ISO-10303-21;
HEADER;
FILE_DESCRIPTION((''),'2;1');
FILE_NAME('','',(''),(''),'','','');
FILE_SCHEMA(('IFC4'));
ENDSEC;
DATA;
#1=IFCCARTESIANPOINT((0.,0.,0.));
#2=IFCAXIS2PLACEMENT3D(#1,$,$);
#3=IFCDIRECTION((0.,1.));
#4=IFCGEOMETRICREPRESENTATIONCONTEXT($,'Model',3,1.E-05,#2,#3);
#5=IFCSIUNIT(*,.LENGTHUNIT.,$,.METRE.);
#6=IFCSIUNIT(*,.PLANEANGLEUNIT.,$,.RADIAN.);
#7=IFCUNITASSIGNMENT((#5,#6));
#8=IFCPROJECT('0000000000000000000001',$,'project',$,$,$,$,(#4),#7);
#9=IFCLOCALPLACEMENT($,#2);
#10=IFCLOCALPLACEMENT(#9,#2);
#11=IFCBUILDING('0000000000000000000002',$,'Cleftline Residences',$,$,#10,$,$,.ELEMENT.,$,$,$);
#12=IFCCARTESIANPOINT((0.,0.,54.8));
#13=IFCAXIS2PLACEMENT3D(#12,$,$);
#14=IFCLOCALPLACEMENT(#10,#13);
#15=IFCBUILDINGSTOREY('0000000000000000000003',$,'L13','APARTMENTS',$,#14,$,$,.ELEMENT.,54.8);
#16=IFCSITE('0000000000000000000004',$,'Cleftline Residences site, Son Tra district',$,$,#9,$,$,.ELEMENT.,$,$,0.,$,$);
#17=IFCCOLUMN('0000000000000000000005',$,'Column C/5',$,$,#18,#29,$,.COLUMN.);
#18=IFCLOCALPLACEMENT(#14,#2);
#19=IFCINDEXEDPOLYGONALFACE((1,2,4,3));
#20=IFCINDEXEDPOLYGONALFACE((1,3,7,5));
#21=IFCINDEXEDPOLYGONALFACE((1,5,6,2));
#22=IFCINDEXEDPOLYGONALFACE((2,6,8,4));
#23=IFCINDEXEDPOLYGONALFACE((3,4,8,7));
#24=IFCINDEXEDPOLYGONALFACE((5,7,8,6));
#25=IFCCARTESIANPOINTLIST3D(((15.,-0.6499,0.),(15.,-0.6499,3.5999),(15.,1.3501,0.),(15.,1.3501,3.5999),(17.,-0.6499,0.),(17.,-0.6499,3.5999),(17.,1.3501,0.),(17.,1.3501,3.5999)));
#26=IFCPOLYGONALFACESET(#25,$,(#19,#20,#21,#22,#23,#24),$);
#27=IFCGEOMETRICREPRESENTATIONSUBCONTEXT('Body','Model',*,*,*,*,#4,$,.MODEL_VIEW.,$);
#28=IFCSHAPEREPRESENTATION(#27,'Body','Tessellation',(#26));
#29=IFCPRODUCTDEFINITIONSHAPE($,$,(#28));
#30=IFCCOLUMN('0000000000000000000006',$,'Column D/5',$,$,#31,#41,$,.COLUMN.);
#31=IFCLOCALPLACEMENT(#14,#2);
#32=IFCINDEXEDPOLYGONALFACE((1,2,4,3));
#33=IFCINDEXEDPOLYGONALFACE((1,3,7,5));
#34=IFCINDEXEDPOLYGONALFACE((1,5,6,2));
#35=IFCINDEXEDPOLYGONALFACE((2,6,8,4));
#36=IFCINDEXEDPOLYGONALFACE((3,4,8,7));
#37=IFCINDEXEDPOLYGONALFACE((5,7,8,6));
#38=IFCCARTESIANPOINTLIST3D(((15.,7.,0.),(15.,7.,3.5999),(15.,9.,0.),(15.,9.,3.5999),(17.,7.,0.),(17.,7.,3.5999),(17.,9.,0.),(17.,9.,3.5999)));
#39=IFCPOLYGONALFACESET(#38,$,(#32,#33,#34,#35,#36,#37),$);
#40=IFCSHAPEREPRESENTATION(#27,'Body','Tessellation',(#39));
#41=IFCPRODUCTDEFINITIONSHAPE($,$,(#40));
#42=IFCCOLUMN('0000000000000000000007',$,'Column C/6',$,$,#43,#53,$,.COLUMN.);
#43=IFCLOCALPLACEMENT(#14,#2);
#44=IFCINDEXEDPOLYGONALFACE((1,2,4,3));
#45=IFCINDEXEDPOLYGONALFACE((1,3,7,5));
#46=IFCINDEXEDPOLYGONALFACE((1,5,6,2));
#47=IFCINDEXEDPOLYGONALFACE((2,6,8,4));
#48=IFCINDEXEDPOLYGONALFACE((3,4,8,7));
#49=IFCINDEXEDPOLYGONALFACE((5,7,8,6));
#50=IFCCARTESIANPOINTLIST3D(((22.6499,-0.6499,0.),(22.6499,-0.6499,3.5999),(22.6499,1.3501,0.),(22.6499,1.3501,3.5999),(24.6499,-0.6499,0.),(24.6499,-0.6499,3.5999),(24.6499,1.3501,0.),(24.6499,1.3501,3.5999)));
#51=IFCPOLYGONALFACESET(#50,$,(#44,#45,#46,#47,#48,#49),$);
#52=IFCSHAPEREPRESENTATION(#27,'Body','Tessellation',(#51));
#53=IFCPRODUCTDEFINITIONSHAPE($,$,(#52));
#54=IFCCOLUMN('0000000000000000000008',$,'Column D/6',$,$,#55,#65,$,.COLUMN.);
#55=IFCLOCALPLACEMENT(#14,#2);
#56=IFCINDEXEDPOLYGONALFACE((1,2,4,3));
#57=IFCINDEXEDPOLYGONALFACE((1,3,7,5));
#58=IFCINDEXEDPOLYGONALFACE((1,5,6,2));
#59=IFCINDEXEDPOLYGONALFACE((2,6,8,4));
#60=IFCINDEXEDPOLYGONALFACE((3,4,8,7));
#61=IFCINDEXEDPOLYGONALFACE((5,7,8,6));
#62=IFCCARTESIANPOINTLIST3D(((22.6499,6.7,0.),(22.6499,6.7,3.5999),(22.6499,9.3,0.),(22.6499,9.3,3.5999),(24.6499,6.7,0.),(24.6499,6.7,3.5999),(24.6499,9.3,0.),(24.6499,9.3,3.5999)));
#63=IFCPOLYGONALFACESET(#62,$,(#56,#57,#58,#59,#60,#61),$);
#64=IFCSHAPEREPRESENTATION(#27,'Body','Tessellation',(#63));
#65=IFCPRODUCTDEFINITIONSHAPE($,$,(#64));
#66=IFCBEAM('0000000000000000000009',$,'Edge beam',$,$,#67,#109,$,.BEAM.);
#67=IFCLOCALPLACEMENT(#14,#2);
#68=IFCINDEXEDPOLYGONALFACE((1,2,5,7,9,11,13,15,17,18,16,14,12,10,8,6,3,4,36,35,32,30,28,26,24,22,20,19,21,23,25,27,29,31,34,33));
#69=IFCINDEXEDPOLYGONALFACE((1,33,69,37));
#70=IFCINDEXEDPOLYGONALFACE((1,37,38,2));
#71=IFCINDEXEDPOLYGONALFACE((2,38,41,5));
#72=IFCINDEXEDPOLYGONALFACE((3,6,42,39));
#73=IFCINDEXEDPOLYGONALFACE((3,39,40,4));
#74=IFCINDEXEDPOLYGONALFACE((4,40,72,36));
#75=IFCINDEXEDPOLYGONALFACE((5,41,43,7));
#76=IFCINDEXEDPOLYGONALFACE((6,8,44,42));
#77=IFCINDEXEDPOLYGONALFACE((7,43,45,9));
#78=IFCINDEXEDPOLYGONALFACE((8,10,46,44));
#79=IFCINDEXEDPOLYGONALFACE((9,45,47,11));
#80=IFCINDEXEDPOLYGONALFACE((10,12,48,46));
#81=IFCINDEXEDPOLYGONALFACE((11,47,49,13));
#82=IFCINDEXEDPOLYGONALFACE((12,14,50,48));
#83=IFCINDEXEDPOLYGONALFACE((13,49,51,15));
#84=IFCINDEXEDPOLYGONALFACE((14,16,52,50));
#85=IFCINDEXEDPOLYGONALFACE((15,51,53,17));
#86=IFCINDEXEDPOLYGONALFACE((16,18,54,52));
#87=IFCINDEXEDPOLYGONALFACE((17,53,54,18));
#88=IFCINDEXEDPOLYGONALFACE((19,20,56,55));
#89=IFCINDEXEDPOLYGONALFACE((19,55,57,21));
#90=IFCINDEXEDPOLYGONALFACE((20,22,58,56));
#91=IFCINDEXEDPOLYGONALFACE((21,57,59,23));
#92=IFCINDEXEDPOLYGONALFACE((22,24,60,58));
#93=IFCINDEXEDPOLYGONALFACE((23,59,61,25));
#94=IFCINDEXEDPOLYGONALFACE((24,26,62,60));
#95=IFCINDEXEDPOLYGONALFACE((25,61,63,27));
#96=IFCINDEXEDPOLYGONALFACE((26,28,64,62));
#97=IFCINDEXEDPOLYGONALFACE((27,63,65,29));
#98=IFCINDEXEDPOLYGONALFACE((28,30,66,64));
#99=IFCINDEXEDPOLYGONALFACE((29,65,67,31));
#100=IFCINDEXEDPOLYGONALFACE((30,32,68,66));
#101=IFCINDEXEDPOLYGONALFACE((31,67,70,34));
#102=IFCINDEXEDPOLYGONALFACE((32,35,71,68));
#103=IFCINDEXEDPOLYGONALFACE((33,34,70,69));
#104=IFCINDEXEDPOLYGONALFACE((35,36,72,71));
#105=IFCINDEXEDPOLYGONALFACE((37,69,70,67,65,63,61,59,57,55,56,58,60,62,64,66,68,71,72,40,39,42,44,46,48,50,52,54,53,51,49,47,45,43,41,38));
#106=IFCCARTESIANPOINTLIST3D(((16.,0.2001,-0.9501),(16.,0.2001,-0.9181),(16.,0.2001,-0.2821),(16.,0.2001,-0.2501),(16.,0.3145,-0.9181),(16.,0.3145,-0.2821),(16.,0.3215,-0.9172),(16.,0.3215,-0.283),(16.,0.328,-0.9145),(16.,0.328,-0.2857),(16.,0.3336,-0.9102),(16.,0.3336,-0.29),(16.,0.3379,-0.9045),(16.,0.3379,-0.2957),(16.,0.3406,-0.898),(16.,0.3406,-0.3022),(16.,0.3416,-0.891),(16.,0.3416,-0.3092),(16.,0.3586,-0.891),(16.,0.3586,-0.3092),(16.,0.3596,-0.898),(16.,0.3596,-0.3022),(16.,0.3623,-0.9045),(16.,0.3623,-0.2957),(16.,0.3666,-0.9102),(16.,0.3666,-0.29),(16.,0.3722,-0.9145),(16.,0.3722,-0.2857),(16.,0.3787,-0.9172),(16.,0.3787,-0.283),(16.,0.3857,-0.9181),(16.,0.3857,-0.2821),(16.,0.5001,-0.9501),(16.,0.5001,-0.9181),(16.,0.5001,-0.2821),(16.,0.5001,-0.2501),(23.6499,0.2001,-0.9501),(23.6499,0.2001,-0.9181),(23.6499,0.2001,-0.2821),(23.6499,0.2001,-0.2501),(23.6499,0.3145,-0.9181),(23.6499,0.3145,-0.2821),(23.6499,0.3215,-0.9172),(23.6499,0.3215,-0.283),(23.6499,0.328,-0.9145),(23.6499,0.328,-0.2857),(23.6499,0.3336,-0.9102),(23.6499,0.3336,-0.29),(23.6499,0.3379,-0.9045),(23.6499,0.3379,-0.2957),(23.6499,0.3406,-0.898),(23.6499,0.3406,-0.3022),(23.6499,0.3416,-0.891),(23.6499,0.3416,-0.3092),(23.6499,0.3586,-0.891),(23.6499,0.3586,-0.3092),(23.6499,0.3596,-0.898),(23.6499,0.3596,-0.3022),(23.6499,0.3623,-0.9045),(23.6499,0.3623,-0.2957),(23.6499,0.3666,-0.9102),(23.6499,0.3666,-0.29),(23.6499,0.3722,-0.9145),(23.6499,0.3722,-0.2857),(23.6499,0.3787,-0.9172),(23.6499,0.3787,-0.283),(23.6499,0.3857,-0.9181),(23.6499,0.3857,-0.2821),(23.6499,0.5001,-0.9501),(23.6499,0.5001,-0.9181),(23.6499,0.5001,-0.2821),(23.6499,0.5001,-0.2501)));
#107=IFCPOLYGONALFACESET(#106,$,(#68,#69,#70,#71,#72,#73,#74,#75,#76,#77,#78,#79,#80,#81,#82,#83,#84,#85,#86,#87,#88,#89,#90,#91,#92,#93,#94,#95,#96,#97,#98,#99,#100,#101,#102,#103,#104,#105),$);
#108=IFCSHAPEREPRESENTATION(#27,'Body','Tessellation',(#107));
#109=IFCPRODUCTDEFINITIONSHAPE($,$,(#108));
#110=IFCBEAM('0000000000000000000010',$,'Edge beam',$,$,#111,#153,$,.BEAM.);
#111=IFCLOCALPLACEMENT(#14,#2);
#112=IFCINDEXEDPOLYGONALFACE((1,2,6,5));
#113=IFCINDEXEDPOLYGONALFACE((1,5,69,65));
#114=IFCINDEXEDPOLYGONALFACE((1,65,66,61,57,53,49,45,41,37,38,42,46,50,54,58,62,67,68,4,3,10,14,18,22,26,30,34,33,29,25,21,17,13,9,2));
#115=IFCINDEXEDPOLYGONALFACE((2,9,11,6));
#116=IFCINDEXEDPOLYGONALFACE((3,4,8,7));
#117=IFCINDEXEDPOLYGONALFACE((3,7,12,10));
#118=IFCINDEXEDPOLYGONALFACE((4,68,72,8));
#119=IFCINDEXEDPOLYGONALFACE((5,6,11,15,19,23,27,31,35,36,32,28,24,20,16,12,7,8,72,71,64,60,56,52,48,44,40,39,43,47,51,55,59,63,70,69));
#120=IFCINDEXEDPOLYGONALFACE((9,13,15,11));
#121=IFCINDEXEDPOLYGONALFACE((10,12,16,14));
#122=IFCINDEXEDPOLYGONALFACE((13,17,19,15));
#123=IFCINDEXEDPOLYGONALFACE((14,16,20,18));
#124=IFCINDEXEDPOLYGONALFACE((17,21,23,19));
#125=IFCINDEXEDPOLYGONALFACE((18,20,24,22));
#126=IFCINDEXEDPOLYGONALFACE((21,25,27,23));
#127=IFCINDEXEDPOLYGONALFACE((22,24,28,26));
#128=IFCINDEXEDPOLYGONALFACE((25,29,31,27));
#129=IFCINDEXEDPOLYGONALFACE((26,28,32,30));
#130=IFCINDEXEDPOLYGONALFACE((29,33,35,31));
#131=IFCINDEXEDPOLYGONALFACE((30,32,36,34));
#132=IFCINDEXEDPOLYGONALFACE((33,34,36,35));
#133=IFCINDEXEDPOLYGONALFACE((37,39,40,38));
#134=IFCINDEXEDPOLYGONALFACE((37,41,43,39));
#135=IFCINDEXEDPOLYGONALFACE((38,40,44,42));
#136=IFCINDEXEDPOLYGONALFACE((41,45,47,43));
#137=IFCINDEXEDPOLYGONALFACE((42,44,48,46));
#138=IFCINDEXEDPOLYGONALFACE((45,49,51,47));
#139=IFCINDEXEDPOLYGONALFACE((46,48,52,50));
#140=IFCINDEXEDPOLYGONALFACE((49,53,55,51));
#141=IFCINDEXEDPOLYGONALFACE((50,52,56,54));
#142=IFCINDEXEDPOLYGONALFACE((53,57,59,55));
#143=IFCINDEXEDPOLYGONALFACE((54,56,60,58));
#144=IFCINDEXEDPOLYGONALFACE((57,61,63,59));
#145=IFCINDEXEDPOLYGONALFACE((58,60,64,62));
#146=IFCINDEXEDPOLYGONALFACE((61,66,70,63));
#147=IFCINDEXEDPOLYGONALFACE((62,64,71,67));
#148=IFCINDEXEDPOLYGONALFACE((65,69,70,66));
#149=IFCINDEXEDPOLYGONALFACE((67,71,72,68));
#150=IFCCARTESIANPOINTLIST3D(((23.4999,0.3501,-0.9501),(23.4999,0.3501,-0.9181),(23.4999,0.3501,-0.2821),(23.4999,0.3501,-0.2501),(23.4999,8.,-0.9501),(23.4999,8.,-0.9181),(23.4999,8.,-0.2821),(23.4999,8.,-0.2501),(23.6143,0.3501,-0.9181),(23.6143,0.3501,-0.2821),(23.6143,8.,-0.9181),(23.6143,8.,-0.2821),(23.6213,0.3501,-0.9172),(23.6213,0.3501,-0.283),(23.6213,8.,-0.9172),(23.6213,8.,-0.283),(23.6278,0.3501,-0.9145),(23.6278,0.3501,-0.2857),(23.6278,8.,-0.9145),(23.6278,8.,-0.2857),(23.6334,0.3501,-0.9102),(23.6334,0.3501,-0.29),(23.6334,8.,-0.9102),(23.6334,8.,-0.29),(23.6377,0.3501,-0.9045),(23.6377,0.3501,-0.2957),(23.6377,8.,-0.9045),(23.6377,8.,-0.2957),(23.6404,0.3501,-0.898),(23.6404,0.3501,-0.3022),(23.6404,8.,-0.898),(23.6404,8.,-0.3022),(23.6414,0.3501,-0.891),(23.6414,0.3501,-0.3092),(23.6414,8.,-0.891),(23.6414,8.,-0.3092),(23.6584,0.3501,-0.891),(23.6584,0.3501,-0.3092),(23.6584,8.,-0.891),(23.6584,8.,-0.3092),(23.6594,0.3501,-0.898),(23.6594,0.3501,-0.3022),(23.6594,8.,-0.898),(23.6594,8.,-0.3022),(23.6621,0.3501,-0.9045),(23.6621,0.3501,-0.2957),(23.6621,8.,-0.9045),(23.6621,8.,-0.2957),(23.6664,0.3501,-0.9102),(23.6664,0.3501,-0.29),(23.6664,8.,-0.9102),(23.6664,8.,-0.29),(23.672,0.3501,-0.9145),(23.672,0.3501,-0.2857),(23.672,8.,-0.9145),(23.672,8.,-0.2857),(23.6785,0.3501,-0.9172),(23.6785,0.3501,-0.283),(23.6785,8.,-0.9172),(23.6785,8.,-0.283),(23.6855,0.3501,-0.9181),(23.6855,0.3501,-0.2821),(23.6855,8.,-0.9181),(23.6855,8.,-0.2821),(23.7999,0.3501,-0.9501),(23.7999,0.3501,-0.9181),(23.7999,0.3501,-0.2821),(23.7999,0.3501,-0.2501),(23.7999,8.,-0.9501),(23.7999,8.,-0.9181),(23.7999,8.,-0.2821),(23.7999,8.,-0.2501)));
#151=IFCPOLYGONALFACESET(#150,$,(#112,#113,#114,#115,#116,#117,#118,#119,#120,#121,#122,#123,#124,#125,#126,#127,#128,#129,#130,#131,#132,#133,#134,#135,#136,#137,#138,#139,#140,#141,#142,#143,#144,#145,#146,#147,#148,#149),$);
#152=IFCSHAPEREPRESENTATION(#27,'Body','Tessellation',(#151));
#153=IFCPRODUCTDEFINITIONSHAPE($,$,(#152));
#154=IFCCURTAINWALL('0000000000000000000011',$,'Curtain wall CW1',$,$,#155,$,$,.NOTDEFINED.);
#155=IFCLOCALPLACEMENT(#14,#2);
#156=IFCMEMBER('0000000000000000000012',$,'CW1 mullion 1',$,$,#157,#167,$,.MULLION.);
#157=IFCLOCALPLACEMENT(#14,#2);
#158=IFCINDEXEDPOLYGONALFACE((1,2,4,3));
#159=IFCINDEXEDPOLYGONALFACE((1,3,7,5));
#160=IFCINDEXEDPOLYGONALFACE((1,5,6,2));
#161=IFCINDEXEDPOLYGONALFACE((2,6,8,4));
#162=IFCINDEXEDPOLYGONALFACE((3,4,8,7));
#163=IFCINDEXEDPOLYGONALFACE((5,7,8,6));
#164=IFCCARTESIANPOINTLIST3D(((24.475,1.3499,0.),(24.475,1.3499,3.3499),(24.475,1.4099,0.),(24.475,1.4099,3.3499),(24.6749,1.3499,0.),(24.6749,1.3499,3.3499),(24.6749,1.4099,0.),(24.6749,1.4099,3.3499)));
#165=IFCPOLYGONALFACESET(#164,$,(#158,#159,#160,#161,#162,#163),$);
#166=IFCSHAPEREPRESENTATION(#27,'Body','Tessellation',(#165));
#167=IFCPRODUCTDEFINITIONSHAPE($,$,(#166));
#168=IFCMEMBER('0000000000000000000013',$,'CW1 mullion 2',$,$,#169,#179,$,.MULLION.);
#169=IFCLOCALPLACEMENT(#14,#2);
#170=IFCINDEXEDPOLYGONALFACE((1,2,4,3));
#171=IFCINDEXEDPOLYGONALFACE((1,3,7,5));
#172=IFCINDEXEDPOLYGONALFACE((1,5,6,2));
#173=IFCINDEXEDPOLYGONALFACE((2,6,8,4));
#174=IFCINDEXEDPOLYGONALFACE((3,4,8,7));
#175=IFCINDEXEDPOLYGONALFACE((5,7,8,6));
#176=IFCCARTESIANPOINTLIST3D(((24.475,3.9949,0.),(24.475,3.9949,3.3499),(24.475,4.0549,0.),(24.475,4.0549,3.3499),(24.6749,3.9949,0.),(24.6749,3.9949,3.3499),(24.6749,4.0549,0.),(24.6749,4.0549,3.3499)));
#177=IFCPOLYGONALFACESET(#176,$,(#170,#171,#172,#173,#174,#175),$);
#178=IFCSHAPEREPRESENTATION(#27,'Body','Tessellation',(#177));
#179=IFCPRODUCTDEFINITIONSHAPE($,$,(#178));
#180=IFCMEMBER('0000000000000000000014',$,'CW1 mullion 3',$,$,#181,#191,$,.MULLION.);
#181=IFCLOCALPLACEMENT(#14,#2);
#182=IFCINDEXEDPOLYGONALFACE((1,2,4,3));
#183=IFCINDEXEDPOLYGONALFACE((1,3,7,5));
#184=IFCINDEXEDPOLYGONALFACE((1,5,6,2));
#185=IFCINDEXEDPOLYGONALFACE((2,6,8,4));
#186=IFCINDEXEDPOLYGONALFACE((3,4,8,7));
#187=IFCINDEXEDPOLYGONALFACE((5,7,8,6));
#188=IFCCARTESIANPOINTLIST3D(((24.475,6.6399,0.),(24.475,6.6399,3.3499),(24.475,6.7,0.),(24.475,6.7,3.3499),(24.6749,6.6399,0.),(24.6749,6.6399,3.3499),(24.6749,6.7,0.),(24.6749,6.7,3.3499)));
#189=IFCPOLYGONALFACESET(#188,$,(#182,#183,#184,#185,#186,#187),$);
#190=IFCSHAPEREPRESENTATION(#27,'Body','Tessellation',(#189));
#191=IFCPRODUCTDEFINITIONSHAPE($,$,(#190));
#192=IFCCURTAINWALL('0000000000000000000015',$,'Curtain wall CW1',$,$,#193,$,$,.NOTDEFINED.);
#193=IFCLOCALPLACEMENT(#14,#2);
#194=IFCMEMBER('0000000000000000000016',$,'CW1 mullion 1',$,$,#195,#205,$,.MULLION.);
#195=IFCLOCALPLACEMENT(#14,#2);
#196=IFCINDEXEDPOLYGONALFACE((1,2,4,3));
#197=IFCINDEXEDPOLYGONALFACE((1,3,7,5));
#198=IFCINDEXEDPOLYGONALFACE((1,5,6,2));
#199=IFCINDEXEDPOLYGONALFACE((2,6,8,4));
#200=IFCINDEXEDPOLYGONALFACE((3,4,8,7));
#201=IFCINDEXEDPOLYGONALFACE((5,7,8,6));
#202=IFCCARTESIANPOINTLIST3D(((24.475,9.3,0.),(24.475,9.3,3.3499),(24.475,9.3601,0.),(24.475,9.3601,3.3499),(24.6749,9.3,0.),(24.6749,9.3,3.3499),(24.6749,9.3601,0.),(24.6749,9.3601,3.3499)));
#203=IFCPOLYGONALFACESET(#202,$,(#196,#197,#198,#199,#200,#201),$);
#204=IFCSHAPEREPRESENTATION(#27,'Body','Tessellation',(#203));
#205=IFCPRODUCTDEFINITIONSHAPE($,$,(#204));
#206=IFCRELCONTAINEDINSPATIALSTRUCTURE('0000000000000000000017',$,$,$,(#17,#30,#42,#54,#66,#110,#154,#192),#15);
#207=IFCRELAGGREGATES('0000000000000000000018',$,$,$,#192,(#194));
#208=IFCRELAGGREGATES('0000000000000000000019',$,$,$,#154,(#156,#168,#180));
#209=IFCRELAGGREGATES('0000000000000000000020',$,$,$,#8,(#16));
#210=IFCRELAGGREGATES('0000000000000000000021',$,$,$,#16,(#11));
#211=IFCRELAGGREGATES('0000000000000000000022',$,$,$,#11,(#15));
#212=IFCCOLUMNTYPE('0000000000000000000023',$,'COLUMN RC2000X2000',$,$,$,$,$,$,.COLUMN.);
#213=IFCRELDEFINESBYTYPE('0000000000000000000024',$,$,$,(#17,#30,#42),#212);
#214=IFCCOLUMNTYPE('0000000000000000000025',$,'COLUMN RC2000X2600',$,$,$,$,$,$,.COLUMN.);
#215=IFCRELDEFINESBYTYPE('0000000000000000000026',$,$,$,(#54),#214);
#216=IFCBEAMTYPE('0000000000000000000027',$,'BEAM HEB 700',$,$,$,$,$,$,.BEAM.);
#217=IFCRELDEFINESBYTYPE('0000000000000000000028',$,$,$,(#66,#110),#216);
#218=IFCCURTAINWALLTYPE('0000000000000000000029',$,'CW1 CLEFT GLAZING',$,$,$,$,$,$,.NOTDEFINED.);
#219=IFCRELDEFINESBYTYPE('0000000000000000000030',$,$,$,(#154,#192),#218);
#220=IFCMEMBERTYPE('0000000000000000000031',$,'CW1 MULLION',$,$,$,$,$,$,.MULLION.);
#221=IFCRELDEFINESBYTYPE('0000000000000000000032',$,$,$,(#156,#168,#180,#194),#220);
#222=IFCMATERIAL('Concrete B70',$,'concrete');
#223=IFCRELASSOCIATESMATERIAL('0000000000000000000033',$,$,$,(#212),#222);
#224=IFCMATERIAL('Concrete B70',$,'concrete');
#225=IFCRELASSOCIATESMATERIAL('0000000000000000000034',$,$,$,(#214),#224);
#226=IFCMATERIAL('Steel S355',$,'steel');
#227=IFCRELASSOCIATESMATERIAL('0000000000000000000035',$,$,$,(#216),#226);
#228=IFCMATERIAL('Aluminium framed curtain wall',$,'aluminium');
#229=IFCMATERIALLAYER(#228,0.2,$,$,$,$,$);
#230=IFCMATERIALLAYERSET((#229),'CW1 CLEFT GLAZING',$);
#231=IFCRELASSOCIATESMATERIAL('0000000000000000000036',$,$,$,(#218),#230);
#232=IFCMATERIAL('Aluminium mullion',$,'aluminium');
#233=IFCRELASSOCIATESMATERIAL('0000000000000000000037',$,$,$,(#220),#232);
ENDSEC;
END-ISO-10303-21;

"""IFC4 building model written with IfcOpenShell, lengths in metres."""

from ifc_helpers import new_model, si_unit, direction, frame, origin, origin_2d, place, context, subcontext, project, spatial, rectangle, i_section, extrude, material, layer, layer_set, material_profile, profile_set, type_object, element, aggregate, save


model = new_model("IFC4")

# Units and contexts
model_context = context("Model", 3, precision=1e-05, world=origin(), true_north=direction((0.0, 1.0)))
body_context = subcontext(model_context, "Body", "Model", "MODEL_VIEW")
ifc_project = project(units=[si_unit("LENGTHUNIT", "METRE"), si_unit("PLANEANGLEUNIT", "RADIAN")], contexts=[model_context])

# Site, building, storey
site_placement = place(None, origin())
site = spatial("IfcSite", under=ifc_project, at=site_placement, Name="Cleftline Residences site, Son Tra district", CompositionType="ELEMENT", RefElevation=0.0)
building_placement = place(site_placement, origin())
building = spatial("IfcBuilding", under=site, at=building_placement, Name="Cleftline Residences", CompositionType="ELEMENT")
storey_placement = place(building_placement, frame((0.0, 0.0, 54.8)))
storey = spatial("IfcBuildingStorey", under=building, at=storey_placement, Name="L13", Description="APARTMENTS", CompositionType="ELEMENT", Elevation=54.8)

# Columns
ifc_material_1 = material(Name="Concrete B70", Category="concrete")
ifc_material_profile_1 = material_profile(ifc_material_1, rectangle(XDim=2.0, YDim=2.0, at=origin_2d()))
ifc_profile_set_1 = profile_set([ifc_material_profile_1], Name="Concrete B70")
column_type_1 = type_object("IfcColumnType", Name="COLUMN RC2000X2000", PredefinedType="COLUMN", material=ifc_profile_set_1)
for number, where, z_axis, x_axis, name in (
    (1, (16.0, 0.3501, 0.0), (0.0, 0.0, 1.0), (1.0, 0.0, 0.0), "Column C/5"),
    (2, (16.0, 8.0, 0.0), (0.0, 0.0, 1.0), (1.0, 0.0, 0.0), "Column D/5"),
    (3, (23.6499, 0.3501, 0.0), (0.0, 0.0, 1.0), (1.0, 0.0, 0.0), "Column C/6"),
):
    element("IfcColumn", number, at=place(storey_placement, frame(where, z_axis=z_axis, x_axis=x_axis)), inside=storey, type_object=column_type_1, Name=name, PredefinedType="COLUMN", context=body_context, shape_type="SweptSolid", body=[
        extrude(rectangle(XDim=2.0, YDim=2.0, at=origin_2d()), origin(), (0.0, 0.0, 1.0), 3.5999),
    ])
ifc_material_2 = material(Name="Concrete B70", Category="concrete")
ifc_material_profile_2 = material_profile(ifc_material_2, rectangle(XDim=2.0, YDim=2.6001, at=origin_2d()))
ifc_profile_set_2 = profile_set([ifc_material_profile_2], Name="Concrete B70")
column_type_2 = type_object("IfcColumnType", Name="COLUMN RC2000X2600", PredefinedType="COLUMN", material=ifc_profile_set_2)
column_placement = place(storey_placement, frame((23.6499, 8.0, 0.0), z_axis=(0.0, 0.0, 1.0), x_axis=(1.0, 0.0, 0.0)))
element("IfcColumn", 4, at=column_placement, inside=storey, type_object=column_type_2, Name="Column D/6", PredefinedType="COLUMN", context=body_context, shape_type="SweptSolid", body=[
    extrude(rectangle(XDim=2.0, YDim=2.6001, at=origin_2d()), origin(), (0.0, 0.0, 1.0), 3.5999),
])

# Beams
ifc_material_3 = material(Name="Steel S355", Category="steel")
ifc_material_profile_3 = material_profile(ifc_material_3, i_section(OverallWidth=0.3, OverallDepth=0.7, WebThickness=0.0171, FlangeThickness=0.032, FilletRadius=0.0271, at=origin_2d()))
ifc_profile_set_3 = profile_set([ifc_material_profile_3], Name="Steel S355")
beam_type = type_object("IfcBeamType", Name="BEAM HEB 700", PredefinedType="BEAM", material=ifc_profile_set_3)
for number, where, z_axis, x_axis, name in (
    (5, (16.0, 0.3501, -0.6001), (1.0, 0.0, 0.0), (0.0, 1.0, 0.0), "Edge beam"),
    (6, (23.6499, 0.3501, -0.6001), (0.0, 1.0, 0.0), (-1.0, 0.0, 0.0), "Edge beam"),
):
    element("IfcBeam", number, at=place(storey_placement, frame(where, z_axis=z_axis, x_axis=x_axis)), inside=storey, type_object=beam_type, Name=name, PredefinedType="BEAM", context=body_context, shape_type="SweptSolid", body=[
        extrude(i_section(OverallWidth=0.3, OverallDepth=0.7, WebThickness=0.0171, FlangeThickness=0.032, FilletRadius=0.0271, at=origin_2d()), origin(), (0.0, 0.0, 1.0), 7.6499),
    ])

# Curtain wall, members
ifc_material_4 = material(Name="Aluminium framed curtain wall", Category="aluminium")
ifc_layer_1 = layer(ifc_material_4, 0.2)
ifc_layer_set_1 = layer_set([ifc_layer_1], Name="CW1 CLEFT GLAZING")
curtain_wall_type = type_object("IfcCurtainWallType", Name="CW1 CLEFT GLAZING", PredefinedType="NOTDEFINED", material=ifc_layer_set_1)
curtain_wall_1_placement = place(storey_placement, origin())
curtain_wall_1 = element("IfcCurtainWall", 7, at=curtain_wall_1_placement, inside=storey, type_object=curtain_wall_type, Name="Curtain wall CW1", PredefinedType="NOTDEFINED")
ifc_material_5 = material(Name="Aluminium mullion", Category="aluminium")
ifc_material_profile_4 = material_profile(ifc_material_5, rectangle(XDim=0.2, YDim=0.0601, at=origin_2d()))
ifc_profile_set_4 = profile_set([ifc_material_profile_4], Name="Aluminium mullion")
member_type_1 = type_object("IfcMemberType", Name="CW1 MULLION", PredefinedType="MULLION", material=ifc_profile_set_4)
member_1_placement = place(storey_placement, frame((24.575, 1.3799, 0.0), z_axis=(0.0, 0.0, 1.0), x_axis=(-1.0, 0.0, 0.0)))
member_1 = element("IfcMember", 8, at=member_1_placement, type_object=member_type_1, Name="CW1 mullion 1", PredefinedType="MULLION", context=body_context, shape_type="SweptSolid", body=[
    extrude(rectangle(XDim=0.2, YDim=0.0601, at=origin_2d()), origin(), (0.0, 0.0, 1.0), 3.3499),
])
member_2_placement = place(storey_placement, frame((24.575, 4.0249, 0.0), z_axis=(0.0, 0.0, 1.0), x_axis=(-1.0, 0.0, 0.0)))
member_2 = element("IfcMember", 9, at=member_2_placement, type_object=member_type_1, Name="CW1 mullion 2", PredefinedType="MULLION", context=body_context, shape_type="SweptSolid", body=[
    extrude(rectangle(XDim=0.2, YDim=0.0601, at=origin_2d()), origin(), (0.0, 0.0, 1.0), 3.3499),
])
member_3_placement = place(storey_placement, frame((24.575, 6.6699, 0.0), z_axis=(0.0, 0.0, 1.0), x_axis=(-1.0, 0.0, 0.0)))
member_3 = element("IfcMember", 10, at=member_3_placement, type_object=member_type_1, Name="CW1 mullion 3", PredefinedType="MULLION", context=body_context, shape_type="SweptSolid", body=[
    extrude(rectangle(XDim=0.2, YDim=0.0601, at=origin_2d()), origin(), (0.0, 0.0, 1.0), 3.3499),
])

# Curtain wall, member
curtain_wall_2_placement = place(storey_placement, origin())
curtain_wall_2 = element("IfcCurtainWall", 11, at=curtain_wall_2_placement, inside=storey, type_object=curtain_wall_type, Name="Curtain wall CW1", PredefinedType="NOTDEFINED")
member_4_placement = place(storey_placement, frame((24.575, 9.3301, 0.0), z_axis=(0.0, 0.0, 1.0), x_axis=(-1.0, 0.0, 0.0)))
member_4 = element("IfcMember", 12, at=member_4_placement, type_object=member_type_1, Name="CW1 mullion 1", PredefinedType="MULLION", context=body_context, shape_type="SweptSolid", body=[
    extrude(rectangle(XDim=0.2, YDim=0.0601, at=origin_2d()), origin(), (0.0, 0.0, 1.0), 3.3499),
])

aggregate(curtain_wall_2, [member_4])

aggregate(curtain_wall_1, [member_1, member_2, member_3])

save(model, "model.ifc")
